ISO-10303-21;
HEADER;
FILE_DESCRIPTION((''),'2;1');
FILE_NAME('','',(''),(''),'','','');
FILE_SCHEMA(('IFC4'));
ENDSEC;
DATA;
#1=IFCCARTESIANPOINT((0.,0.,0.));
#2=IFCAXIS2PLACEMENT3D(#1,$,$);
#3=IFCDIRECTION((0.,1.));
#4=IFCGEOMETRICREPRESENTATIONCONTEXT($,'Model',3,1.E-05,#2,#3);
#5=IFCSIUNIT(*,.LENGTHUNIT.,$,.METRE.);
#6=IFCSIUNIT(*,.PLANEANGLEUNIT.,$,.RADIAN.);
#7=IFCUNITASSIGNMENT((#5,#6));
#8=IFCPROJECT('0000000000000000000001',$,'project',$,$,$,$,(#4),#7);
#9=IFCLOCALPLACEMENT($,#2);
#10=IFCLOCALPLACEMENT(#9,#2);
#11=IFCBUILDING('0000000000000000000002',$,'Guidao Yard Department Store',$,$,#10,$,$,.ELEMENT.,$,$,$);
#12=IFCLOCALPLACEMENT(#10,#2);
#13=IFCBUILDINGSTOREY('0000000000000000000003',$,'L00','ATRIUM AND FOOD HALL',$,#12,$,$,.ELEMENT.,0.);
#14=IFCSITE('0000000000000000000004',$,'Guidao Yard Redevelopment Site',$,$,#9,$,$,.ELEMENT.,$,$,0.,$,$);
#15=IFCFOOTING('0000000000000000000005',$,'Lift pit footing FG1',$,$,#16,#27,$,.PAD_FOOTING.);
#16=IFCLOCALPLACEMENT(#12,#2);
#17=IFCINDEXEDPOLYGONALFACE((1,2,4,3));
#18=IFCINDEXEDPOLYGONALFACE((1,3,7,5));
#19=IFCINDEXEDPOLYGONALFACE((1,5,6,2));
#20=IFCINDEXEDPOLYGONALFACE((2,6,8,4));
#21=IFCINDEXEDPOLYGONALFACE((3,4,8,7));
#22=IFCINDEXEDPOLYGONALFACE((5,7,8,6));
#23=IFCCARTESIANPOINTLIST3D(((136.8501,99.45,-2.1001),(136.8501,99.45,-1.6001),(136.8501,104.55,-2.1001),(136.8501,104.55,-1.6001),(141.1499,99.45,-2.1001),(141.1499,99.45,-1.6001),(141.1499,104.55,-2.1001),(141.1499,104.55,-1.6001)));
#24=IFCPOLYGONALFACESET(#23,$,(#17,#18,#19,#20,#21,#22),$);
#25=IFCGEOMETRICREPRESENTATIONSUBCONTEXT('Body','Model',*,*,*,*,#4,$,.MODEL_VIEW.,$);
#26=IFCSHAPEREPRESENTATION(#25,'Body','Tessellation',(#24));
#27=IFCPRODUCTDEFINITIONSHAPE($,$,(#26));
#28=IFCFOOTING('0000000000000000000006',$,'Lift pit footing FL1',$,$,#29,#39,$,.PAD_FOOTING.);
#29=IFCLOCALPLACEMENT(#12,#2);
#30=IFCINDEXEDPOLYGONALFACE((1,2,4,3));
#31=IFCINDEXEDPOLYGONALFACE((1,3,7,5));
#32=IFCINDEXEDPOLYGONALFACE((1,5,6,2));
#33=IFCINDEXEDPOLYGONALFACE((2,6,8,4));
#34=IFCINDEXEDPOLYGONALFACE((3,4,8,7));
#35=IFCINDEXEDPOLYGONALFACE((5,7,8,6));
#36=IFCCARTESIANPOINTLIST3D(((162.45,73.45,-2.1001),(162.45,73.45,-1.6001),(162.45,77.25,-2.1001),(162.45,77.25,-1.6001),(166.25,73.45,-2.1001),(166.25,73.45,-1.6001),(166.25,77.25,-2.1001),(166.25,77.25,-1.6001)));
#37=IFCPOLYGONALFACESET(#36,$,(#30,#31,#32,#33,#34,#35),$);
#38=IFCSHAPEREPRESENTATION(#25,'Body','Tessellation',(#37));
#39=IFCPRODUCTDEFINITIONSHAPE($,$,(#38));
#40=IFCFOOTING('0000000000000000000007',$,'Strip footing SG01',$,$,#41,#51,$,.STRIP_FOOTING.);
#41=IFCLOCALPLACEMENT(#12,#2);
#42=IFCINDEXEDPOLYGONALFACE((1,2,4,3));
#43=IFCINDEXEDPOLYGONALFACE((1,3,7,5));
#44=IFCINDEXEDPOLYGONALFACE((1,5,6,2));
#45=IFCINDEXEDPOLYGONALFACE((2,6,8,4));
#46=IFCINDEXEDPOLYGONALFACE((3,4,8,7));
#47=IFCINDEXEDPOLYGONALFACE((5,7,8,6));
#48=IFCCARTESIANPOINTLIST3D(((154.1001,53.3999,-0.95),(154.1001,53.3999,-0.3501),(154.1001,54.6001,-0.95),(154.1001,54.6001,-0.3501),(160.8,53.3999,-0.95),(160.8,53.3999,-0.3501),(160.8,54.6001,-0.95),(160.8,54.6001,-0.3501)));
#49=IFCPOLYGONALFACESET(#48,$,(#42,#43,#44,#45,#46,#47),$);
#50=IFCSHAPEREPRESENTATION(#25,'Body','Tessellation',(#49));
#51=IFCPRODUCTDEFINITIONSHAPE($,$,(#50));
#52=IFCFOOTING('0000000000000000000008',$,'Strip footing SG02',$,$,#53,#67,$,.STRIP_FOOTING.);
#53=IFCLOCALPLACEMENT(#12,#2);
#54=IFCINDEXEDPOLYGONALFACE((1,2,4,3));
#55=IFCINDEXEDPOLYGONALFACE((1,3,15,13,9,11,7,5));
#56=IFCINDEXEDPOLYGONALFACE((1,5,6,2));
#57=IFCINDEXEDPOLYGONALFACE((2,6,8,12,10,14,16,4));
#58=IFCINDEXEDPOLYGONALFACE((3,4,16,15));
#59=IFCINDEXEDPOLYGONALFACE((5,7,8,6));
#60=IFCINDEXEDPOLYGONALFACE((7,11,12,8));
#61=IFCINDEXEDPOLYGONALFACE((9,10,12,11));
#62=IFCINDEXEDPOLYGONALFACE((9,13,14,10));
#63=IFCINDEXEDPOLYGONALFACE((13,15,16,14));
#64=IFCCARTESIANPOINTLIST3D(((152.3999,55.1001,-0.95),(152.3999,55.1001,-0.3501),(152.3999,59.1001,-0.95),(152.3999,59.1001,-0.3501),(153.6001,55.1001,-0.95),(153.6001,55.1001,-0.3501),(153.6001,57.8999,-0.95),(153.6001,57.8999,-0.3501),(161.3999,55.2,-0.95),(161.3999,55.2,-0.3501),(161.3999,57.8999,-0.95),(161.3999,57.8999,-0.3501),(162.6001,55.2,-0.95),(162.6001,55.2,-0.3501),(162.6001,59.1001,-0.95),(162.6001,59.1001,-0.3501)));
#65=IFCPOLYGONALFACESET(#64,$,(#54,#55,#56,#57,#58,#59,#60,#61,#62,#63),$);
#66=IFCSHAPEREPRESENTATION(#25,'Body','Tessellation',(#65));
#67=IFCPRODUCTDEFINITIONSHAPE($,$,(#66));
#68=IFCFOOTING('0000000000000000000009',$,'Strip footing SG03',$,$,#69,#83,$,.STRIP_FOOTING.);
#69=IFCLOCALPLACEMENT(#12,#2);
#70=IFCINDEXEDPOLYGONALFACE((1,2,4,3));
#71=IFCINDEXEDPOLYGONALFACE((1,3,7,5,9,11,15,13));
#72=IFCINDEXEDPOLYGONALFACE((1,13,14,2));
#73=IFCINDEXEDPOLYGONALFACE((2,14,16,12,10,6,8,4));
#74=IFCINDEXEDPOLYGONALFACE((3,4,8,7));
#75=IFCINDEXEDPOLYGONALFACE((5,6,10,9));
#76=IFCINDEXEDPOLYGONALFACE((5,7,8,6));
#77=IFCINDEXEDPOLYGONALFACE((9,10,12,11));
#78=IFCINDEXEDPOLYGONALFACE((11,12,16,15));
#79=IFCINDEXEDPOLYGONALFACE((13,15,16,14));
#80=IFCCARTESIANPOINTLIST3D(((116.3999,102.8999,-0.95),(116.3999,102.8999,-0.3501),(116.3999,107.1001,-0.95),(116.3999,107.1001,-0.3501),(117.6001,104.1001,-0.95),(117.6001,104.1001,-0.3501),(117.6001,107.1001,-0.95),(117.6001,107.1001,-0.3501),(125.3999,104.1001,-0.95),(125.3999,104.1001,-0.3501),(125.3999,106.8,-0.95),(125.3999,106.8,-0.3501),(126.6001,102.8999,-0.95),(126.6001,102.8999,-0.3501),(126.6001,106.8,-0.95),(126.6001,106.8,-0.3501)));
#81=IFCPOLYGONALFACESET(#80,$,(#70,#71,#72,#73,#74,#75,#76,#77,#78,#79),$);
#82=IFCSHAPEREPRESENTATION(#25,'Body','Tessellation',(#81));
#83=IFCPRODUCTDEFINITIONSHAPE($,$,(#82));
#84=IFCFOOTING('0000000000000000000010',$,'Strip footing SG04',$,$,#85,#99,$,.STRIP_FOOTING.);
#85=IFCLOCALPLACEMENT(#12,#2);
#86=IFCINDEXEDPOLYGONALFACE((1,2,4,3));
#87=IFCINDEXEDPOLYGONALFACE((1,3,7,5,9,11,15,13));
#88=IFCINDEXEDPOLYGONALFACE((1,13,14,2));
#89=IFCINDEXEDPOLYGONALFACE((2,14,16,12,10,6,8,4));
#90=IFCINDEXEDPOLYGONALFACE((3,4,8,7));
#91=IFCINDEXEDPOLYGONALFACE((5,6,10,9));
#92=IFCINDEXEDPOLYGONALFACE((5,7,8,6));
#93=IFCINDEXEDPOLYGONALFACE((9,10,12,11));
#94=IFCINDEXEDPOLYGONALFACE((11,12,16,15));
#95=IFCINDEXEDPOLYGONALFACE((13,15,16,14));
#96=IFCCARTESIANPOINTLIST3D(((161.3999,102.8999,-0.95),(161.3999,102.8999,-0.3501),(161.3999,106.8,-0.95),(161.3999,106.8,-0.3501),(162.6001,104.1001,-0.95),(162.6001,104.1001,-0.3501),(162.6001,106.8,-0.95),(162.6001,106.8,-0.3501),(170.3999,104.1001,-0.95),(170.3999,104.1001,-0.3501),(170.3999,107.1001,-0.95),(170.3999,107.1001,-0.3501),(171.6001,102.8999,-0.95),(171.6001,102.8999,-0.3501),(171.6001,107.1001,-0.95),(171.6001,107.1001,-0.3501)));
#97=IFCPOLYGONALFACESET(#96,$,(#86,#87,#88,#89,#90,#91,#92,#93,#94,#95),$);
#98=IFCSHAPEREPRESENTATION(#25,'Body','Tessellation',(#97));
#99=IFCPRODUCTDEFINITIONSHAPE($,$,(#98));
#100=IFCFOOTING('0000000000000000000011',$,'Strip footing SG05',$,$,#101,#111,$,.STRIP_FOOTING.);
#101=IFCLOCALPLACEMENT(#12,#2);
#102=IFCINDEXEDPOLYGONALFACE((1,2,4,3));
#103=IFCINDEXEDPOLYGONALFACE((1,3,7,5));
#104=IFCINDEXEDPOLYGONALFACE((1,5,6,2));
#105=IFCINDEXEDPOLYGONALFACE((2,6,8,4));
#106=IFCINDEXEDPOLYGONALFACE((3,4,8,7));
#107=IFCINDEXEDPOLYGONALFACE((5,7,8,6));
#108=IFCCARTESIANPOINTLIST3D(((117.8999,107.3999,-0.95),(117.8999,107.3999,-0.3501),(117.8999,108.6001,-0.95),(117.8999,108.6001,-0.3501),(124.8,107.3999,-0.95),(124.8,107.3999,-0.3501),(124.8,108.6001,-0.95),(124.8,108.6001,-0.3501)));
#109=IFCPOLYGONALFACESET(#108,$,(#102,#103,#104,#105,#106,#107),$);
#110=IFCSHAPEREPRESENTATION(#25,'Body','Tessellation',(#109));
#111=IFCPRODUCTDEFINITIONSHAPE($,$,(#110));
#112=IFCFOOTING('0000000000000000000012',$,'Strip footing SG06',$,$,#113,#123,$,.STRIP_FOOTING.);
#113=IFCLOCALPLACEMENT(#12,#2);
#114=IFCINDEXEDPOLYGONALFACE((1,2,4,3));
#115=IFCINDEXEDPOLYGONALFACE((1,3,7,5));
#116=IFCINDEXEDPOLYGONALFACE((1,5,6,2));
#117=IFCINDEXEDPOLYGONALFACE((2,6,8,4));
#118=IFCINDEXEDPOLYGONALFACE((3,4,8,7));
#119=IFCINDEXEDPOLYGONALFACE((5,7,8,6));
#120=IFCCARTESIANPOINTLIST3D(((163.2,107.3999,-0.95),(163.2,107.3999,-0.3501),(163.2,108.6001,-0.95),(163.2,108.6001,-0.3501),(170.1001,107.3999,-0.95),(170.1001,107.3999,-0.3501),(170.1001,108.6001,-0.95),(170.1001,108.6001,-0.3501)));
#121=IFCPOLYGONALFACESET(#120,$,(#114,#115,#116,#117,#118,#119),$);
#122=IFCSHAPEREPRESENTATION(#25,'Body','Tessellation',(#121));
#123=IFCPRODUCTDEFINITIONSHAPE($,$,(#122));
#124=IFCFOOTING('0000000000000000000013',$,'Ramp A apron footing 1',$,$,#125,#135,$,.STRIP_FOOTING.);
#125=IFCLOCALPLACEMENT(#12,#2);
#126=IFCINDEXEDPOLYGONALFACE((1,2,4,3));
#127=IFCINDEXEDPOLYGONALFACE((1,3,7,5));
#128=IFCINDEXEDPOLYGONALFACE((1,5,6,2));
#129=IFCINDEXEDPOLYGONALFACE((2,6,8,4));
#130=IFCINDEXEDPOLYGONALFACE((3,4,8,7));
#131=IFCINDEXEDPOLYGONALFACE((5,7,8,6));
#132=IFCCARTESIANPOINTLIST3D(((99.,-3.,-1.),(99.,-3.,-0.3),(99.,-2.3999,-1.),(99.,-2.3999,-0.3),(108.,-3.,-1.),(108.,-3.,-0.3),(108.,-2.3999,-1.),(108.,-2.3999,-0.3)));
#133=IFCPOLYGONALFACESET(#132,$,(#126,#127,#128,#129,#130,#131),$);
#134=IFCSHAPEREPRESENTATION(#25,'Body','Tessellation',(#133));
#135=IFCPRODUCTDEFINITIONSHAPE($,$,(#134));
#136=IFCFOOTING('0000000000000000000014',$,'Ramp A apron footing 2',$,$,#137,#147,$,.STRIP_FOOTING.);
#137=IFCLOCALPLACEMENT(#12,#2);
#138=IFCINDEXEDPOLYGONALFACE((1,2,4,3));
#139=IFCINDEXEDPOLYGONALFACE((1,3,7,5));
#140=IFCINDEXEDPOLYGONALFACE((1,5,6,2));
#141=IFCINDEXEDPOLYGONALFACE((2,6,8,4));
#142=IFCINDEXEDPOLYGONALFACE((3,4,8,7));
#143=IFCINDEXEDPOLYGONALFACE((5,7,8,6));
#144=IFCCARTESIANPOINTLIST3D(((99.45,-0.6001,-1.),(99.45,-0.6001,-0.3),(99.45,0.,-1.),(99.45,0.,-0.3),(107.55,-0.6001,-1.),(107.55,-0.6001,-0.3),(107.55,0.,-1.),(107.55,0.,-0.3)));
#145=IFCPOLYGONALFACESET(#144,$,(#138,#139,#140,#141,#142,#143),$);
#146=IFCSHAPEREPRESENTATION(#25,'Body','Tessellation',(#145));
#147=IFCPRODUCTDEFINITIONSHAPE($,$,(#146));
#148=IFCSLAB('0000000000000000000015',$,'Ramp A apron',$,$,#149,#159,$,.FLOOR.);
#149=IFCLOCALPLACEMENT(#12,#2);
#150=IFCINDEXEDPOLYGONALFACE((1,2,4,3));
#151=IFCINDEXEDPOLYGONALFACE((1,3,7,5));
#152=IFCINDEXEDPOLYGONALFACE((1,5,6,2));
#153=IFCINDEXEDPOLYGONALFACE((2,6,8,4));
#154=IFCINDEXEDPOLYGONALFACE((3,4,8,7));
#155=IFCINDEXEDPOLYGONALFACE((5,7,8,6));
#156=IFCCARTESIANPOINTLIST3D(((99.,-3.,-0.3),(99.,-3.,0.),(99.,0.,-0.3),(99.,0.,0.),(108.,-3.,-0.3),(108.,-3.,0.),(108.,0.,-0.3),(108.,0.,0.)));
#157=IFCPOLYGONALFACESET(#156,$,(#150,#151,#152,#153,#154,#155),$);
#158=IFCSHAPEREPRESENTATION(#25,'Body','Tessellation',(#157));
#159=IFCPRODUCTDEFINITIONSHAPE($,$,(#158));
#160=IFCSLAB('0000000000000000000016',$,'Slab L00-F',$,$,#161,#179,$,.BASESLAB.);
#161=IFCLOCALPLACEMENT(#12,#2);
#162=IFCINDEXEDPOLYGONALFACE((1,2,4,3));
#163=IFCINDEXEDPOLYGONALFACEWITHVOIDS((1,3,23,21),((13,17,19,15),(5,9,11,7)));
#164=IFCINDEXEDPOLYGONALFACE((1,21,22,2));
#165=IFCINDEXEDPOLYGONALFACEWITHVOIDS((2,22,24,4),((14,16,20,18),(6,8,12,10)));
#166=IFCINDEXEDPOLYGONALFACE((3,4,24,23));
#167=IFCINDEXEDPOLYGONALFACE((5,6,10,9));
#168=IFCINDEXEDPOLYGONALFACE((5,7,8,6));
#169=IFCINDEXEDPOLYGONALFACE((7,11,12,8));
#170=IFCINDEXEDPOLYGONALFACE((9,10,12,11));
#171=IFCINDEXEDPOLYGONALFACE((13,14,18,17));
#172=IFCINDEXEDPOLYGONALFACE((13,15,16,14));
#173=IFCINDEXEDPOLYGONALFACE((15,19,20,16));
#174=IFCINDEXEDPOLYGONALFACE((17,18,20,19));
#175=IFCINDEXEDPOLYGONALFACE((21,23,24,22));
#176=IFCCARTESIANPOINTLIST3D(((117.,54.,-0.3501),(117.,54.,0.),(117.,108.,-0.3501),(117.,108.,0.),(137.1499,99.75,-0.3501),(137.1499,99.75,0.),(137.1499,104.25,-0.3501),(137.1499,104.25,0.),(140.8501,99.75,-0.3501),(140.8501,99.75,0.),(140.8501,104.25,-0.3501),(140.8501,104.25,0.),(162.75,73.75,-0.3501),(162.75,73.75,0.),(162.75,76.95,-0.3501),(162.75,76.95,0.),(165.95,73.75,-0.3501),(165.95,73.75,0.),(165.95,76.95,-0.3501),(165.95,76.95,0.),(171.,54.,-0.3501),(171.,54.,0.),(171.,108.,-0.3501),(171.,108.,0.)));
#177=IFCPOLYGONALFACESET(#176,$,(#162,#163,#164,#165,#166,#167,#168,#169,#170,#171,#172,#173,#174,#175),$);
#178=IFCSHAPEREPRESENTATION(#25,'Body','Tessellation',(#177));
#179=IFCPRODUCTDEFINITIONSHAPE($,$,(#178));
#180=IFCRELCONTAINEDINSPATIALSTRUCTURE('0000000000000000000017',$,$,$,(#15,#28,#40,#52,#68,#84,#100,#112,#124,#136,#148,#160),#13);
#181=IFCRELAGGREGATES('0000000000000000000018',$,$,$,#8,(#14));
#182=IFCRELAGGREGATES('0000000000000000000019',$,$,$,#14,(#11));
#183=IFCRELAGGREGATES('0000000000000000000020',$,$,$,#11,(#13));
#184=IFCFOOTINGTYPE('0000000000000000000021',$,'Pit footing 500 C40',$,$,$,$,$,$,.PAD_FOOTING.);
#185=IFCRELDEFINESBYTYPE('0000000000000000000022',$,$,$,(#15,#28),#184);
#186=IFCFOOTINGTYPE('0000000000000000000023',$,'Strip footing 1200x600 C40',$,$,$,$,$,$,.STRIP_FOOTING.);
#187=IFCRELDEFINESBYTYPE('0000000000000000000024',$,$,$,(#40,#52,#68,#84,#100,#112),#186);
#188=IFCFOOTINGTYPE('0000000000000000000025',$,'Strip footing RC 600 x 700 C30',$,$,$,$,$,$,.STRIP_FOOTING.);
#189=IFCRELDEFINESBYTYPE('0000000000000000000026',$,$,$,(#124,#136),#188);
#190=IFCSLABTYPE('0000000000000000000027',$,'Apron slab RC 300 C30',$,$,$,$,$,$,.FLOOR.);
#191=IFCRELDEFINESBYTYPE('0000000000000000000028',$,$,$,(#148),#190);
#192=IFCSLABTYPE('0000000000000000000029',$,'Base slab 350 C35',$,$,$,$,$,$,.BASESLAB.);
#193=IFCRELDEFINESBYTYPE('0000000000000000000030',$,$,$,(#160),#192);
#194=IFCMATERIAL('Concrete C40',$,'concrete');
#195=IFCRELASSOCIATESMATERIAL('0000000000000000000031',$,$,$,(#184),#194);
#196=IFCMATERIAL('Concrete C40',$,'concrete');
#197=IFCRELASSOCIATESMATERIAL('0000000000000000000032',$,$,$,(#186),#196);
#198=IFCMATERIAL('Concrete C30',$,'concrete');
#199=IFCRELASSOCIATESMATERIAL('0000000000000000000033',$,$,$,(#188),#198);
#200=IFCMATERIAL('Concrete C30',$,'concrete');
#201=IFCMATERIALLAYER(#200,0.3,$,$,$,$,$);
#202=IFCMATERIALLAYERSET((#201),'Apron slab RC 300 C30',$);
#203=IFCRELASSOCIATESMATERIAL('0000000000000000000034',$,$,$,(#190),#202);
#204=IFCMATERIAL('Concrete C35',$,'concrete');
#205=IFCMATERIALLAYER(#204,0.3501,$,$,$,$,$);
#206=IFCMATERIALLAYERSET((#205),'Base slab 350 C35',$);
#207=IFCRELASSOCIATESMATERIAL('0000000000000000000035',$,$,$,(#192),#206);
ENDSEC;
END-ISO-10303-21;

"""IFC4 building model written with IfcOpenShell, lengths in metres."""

from ifc_helpers import new_model, si_unit, direction, frame, origin, place, context, subcontext, project, spatial, polyline, outline, extrude, material, layer, layer_set, type_object, element, save


model = new_model("IFC4")

# Units and contexts
model_context = context("Model", 3, precision=1e-05, world=origin(), true_north=direction((0.0, 1.0)))
body_context = subcontext(model_context, "Body", "Model", "MODEL_VIEW")
ifc_project = project(units=[si_unit("LENGTHUNIT", "METRE"), si_unit("PLANEANGLEUNIT", "RADIAN")], contexts=[model_context])

# Site, building, storey
site_placement = place(None, origin())
site = spatial("IfcSite", under=ifc_project, at=site_placement, Name="Guidao Yard Redevelopment Site", CompositionType="ELEMENT", RefElevation=0.0)
building_placement = place(site_placement, origin())
building = spatial("IfcBuilding", under=site, at=building_placement, Name="Guidao Yard Department Store", CompositionType="ELEMENT")
storey_placement = place(building_placement, origin())
storey = spatial("IfcBuildingStorey", under=building, at=storey_placement, Name="L00", Description="ATRIUM AND FOOD HALL", CompositionType="ELEMENT", Elevation=0.0)

# Footings
ifc_material_1 = material(Name="Concrete C40", Category="concrete")
footing_type_1 = type_object("IfcFootingType", Name="Pit footing 500 C40", PredefinedType="PAD_FOOTING", material=ifc_material_1)
footing_1_placement = place(storey_placement, frame((0.0, 0.0, -2.1001)))
element("IfcFooting", 1, at=footing_1_placement, inside=storey, type_object=footing_type_1, Name="Lift pit footing FG1", PredefinedType="PAD_FOOTING", context=body_context, shape_type="SweptSolid", body=[
    extrude(outline(polyline([(136.8501, 99.45), (141.1499, 99.45), (141.1499, 104.55), (136.8501, 104.55), (136.8501, 99.45)])), origin(), (0.0, 0.0, 1.0), 0.5),
])
footing_2_placement = place(storey_placement, frame((0.0, 0.0, -2.1001)))
element("IfcFooting", 2, at=footing_2_placement, inside=storey, type_object=footing_type_1, Name="Lift pit footing FL1", PredefinedType="PAD_FOOTING", context=body_context, shape_type="SweptSolid", body=[
    extrude(outline(polyline([(162.45, 73.45), (166.25, 73.45), (166.25, 77.25), (162.45, 77.25), (162.45, 73.45)])), origin(), (0.0, 0.0, 1.0), 0.5),
])
ifc_material_2 = material(Name="Concrete C40", Category="concrete")
footing_type_2 = type_object("IfcFootingType", Name="Strip footing 1200x600 C40", PredefinedType="STRIP_FOOTING", material=ifc_material_2)
footing_3_placement = place(storey_placement, frame((0.0, 0.0, -0.95)))
element("IfcFooting", 3, at=footing_3_placement, inside=storey, type_object=footing_type_2, Name="Strip footing SG01", PredefinedType="STRIP_FOOTING", context=body_context, shape_type="SweptSolid", body=[
    extrude(outline(polyline([(154.1001, 53.3999), (160.8, 53.3999), (160.8, 54.6001), (154.1001, 54.6001), (154.1001, 53.3999)])), origin(), (0.0, 0.0, 1.0), 0.5999),
])
footing_4_placement = place(storey_placement, frame((0.0, 0.0, -0.95)))
element("IfcFooting", 4, at=footing_4_placement, inside=storey, type_object=footing_type_2, Name="Strip footing SG02", PredefinedType="STRIP_FOOTING", context=body_context, shape_type="SweptSolid", body=[
    extrude(outline(polyline([(162.6001, 59.1001), (152.3999, 59.1001), (152.3999, 55.1001), (153.6001, 55.1001), (153.6001, 57.8999), (161.3999, 57.8999), (161.3999, 55.2), (162.6001, 55.2), (162.6001, 59.1001)])), origin(), (0.0, 0.0, 1.0), 0.5999),
])
footing_5_placement = place(storey_placement, frame((0.0, 0.0, -0.95)))
element("IfcFooting", 5, at=footing_5_placement, inside=storey, type_object=footing_type_2, Name="Strip footing SG03", PredefinedType="STRIP_FOOTING", context=body_context, shape_type="SweptSolid", body=[
    extrude(outline(polyline([(126.6001, 102.8999), (126.6001, 106.8), (125.3999, 106.8), (125.3999, 104.1001), (117.6001, 104.1001), (117.6001, 107.1001), (116.3999, 107.1001), (116.3999, 102.8999), (126.6001, 102.8999)])), origin(), (0.0, 0.0, 1.0), 0.5999),
])
footing_6_placement = place(storey_placement, frame((0.0, 0.0, -0.95)))
element("IfcFooting", 6, at=footing_6_placement, inside=storey, type_object=footing_type_2, Name="Strip footing SG04", PredefinedType="STRIP_FOOTING", context=body_context, shape_type="SweptSolid", body=[
    extrude(outline(polyline([(171.6001, 102.8999), (171.6001, 107.1001), (170.3999, 107.1001), (170.3999, 104.1001), (162.6001, 104.1001), (162.6001, 106.8), (161.3999, 106.8), (161.3999, 102.8999), (171.6001, 102.8999)])), origin(), (0.0, 0.0, 1.0), 0.5999),
])
footing_7_placement = place(storey_placement, frame((0.0, 0.0, -0.95)))
element("IfcFooting", 7, at=footing_7_placement, inside=storey, type_object=footing_type_2, Name="Strip footing SG05", PredefinedType="STRIP_FOOTING", context=body_context, shape_type="SweptSolid", body=[
    extrude(outline(polyline([(124.8, 108.6001), (117.8999, 108.6001), (117.8999, 107.3999), (124.8, 107.3999), (124.8, 108.6001)])), origin(), (0.0, 0.0, 1.0), 0.5999),
])
footing_8_placement = place(storey_placement, frame((0.0, 0.0, -0.95)))
element("IfcFooting", 8, at=footing_8_placement, inside=storey, type_object=footing_type_2, Name="Strip footing SG06", PredefinedType="STRIP_FOOTING", context=body_context, shape_type="SweptSolid", body=[
    extrude(outline(polyline([(170.1001, 108.6001), (163.2, 108.6001), (163.2, 107.3999), (170.1001, 107.3999), (170.1001, 108.6001)])), origin(), (0.0, 0.0, 1.0), 0.5999),
])
ifc_material_3 = material(Name="Concrete C30", Category="concrete")
footing_type_3 = type_object("IfcFootingType", Name="Strip footing RC 600 x 700 C30", PredefinedType="STRIP_FOOTING", material=ifc_material_3)
footing_9_placement = place(storey_placement, frame((0.0, 0.0, -1.0)))
element("IfcFooting", 9, at=footing_9_placement, inside=storey, type_object=footing_type_3, Name="Ramp A apron footing 1", PredefinedType="STRIP_FOOTING", context=body_context, shape_type="SweptSolid", body=[
    extrude(outline(polyline([(99.0, -3.0), (108.0, -3.0), (108.0, -2.3999), (99.0, -2.3999), (99.0, -3.0)])), origin(), (0.0, 0.0, 1.0), 0.7),
])
footing_10_placement = place(storey_placement, frame((0.0, 0.0, -1.0)))
element("IfcFooting", 10, at=footing_10_placement, inside=storey, type_object=footing_type_3, Name="Ramp A apron footing 2", PredefinedType="STRIP_FOOTING", context=body_context, shape_type="SweptSolid", body=[
    extrude(outline(polyline([(99.45, -0.6001), (107.55, -0.6001), (107.55, 0.0), (99.45, 0.0), (99.45, -0.6001)])), origin(), (0.0, 0.0, 1.0), 0.7),
])

# Slabs
ifc_material_4 = material(Name="Concrete C30", Category="concrete")
ifc_layer_1 = layer(ifc_material_4, 0.3)
ifc_layer_set_1 = layer_set([ifc_layer_1], Name="Apron slab RC 300 C30")
slab_type_1 = type_object("IfcSlabType", Name="Apron slab RC 300 C30", PredefinedType="FLOOR", material=ifc_layer_set_1)
slab_1_placement = place(storey_placement, frame((0.0, 0.0, -0.3)))
element("IfcSlab", 11, at=slab_1_placement, inside=storey, type_object=slab_type_1, Name="Ramp A apron", PredefinedType="FLOOR", context=body_context, shape_type="SweptSolid", body=[
    extrude(outline(polyline([(99.0, -3.0), (108.0, -3.0), (108.0, 0.0), (99.0, 0.0), (99.0, -3.0)])), origin(), (0.0, 0.0, 1.0), 0.3),
])
ifc_material_5 = material(Name="Concrete C35", Category="concrete")
ifc_layer_2 = layer(ifc_material_5, 0.3501)
ifc_layer_set_2 = layer_set([ifc_layer_2], Name="Base slab 350 C35")
slab_type_2 = type_object("IfcSlabType", Name="Base slab 350 C35", PredefinedType="BASESLAB", material=ifc_layer_set_2)
slab_2_placement = place(storey_placement, frame((0.0, 0.0, -0.3501)))
element("IfcSlab", 12, at=slab_2_placement, inside=storey, type_object=slab_type_2, Name="Slab L00-F", PredefinedType="BASESLAB", context=body_context, shape_type="SweptSolid", body=[
    extrude(outline(polyline([(117.0, 108.0), (171.0, 108.0), (171.0, 54.0), (117.0, 54.0), (117.0, 108.0)]), holes=[polyline([(165.95, 73.75), (165.95, 76.95), (162.75, 76.95), (162.75, 73.75), (165.95, 73.75)]), polyline([(140.8501, 99.75), (140.8501, 104.25), (137.1499, 104.25), (137.1499, 99.75), (140.8501, 99.75)])]), origin(), (0.0, 0.0, 1.0), 0.3501),
])

save(model, "model.ifc")
